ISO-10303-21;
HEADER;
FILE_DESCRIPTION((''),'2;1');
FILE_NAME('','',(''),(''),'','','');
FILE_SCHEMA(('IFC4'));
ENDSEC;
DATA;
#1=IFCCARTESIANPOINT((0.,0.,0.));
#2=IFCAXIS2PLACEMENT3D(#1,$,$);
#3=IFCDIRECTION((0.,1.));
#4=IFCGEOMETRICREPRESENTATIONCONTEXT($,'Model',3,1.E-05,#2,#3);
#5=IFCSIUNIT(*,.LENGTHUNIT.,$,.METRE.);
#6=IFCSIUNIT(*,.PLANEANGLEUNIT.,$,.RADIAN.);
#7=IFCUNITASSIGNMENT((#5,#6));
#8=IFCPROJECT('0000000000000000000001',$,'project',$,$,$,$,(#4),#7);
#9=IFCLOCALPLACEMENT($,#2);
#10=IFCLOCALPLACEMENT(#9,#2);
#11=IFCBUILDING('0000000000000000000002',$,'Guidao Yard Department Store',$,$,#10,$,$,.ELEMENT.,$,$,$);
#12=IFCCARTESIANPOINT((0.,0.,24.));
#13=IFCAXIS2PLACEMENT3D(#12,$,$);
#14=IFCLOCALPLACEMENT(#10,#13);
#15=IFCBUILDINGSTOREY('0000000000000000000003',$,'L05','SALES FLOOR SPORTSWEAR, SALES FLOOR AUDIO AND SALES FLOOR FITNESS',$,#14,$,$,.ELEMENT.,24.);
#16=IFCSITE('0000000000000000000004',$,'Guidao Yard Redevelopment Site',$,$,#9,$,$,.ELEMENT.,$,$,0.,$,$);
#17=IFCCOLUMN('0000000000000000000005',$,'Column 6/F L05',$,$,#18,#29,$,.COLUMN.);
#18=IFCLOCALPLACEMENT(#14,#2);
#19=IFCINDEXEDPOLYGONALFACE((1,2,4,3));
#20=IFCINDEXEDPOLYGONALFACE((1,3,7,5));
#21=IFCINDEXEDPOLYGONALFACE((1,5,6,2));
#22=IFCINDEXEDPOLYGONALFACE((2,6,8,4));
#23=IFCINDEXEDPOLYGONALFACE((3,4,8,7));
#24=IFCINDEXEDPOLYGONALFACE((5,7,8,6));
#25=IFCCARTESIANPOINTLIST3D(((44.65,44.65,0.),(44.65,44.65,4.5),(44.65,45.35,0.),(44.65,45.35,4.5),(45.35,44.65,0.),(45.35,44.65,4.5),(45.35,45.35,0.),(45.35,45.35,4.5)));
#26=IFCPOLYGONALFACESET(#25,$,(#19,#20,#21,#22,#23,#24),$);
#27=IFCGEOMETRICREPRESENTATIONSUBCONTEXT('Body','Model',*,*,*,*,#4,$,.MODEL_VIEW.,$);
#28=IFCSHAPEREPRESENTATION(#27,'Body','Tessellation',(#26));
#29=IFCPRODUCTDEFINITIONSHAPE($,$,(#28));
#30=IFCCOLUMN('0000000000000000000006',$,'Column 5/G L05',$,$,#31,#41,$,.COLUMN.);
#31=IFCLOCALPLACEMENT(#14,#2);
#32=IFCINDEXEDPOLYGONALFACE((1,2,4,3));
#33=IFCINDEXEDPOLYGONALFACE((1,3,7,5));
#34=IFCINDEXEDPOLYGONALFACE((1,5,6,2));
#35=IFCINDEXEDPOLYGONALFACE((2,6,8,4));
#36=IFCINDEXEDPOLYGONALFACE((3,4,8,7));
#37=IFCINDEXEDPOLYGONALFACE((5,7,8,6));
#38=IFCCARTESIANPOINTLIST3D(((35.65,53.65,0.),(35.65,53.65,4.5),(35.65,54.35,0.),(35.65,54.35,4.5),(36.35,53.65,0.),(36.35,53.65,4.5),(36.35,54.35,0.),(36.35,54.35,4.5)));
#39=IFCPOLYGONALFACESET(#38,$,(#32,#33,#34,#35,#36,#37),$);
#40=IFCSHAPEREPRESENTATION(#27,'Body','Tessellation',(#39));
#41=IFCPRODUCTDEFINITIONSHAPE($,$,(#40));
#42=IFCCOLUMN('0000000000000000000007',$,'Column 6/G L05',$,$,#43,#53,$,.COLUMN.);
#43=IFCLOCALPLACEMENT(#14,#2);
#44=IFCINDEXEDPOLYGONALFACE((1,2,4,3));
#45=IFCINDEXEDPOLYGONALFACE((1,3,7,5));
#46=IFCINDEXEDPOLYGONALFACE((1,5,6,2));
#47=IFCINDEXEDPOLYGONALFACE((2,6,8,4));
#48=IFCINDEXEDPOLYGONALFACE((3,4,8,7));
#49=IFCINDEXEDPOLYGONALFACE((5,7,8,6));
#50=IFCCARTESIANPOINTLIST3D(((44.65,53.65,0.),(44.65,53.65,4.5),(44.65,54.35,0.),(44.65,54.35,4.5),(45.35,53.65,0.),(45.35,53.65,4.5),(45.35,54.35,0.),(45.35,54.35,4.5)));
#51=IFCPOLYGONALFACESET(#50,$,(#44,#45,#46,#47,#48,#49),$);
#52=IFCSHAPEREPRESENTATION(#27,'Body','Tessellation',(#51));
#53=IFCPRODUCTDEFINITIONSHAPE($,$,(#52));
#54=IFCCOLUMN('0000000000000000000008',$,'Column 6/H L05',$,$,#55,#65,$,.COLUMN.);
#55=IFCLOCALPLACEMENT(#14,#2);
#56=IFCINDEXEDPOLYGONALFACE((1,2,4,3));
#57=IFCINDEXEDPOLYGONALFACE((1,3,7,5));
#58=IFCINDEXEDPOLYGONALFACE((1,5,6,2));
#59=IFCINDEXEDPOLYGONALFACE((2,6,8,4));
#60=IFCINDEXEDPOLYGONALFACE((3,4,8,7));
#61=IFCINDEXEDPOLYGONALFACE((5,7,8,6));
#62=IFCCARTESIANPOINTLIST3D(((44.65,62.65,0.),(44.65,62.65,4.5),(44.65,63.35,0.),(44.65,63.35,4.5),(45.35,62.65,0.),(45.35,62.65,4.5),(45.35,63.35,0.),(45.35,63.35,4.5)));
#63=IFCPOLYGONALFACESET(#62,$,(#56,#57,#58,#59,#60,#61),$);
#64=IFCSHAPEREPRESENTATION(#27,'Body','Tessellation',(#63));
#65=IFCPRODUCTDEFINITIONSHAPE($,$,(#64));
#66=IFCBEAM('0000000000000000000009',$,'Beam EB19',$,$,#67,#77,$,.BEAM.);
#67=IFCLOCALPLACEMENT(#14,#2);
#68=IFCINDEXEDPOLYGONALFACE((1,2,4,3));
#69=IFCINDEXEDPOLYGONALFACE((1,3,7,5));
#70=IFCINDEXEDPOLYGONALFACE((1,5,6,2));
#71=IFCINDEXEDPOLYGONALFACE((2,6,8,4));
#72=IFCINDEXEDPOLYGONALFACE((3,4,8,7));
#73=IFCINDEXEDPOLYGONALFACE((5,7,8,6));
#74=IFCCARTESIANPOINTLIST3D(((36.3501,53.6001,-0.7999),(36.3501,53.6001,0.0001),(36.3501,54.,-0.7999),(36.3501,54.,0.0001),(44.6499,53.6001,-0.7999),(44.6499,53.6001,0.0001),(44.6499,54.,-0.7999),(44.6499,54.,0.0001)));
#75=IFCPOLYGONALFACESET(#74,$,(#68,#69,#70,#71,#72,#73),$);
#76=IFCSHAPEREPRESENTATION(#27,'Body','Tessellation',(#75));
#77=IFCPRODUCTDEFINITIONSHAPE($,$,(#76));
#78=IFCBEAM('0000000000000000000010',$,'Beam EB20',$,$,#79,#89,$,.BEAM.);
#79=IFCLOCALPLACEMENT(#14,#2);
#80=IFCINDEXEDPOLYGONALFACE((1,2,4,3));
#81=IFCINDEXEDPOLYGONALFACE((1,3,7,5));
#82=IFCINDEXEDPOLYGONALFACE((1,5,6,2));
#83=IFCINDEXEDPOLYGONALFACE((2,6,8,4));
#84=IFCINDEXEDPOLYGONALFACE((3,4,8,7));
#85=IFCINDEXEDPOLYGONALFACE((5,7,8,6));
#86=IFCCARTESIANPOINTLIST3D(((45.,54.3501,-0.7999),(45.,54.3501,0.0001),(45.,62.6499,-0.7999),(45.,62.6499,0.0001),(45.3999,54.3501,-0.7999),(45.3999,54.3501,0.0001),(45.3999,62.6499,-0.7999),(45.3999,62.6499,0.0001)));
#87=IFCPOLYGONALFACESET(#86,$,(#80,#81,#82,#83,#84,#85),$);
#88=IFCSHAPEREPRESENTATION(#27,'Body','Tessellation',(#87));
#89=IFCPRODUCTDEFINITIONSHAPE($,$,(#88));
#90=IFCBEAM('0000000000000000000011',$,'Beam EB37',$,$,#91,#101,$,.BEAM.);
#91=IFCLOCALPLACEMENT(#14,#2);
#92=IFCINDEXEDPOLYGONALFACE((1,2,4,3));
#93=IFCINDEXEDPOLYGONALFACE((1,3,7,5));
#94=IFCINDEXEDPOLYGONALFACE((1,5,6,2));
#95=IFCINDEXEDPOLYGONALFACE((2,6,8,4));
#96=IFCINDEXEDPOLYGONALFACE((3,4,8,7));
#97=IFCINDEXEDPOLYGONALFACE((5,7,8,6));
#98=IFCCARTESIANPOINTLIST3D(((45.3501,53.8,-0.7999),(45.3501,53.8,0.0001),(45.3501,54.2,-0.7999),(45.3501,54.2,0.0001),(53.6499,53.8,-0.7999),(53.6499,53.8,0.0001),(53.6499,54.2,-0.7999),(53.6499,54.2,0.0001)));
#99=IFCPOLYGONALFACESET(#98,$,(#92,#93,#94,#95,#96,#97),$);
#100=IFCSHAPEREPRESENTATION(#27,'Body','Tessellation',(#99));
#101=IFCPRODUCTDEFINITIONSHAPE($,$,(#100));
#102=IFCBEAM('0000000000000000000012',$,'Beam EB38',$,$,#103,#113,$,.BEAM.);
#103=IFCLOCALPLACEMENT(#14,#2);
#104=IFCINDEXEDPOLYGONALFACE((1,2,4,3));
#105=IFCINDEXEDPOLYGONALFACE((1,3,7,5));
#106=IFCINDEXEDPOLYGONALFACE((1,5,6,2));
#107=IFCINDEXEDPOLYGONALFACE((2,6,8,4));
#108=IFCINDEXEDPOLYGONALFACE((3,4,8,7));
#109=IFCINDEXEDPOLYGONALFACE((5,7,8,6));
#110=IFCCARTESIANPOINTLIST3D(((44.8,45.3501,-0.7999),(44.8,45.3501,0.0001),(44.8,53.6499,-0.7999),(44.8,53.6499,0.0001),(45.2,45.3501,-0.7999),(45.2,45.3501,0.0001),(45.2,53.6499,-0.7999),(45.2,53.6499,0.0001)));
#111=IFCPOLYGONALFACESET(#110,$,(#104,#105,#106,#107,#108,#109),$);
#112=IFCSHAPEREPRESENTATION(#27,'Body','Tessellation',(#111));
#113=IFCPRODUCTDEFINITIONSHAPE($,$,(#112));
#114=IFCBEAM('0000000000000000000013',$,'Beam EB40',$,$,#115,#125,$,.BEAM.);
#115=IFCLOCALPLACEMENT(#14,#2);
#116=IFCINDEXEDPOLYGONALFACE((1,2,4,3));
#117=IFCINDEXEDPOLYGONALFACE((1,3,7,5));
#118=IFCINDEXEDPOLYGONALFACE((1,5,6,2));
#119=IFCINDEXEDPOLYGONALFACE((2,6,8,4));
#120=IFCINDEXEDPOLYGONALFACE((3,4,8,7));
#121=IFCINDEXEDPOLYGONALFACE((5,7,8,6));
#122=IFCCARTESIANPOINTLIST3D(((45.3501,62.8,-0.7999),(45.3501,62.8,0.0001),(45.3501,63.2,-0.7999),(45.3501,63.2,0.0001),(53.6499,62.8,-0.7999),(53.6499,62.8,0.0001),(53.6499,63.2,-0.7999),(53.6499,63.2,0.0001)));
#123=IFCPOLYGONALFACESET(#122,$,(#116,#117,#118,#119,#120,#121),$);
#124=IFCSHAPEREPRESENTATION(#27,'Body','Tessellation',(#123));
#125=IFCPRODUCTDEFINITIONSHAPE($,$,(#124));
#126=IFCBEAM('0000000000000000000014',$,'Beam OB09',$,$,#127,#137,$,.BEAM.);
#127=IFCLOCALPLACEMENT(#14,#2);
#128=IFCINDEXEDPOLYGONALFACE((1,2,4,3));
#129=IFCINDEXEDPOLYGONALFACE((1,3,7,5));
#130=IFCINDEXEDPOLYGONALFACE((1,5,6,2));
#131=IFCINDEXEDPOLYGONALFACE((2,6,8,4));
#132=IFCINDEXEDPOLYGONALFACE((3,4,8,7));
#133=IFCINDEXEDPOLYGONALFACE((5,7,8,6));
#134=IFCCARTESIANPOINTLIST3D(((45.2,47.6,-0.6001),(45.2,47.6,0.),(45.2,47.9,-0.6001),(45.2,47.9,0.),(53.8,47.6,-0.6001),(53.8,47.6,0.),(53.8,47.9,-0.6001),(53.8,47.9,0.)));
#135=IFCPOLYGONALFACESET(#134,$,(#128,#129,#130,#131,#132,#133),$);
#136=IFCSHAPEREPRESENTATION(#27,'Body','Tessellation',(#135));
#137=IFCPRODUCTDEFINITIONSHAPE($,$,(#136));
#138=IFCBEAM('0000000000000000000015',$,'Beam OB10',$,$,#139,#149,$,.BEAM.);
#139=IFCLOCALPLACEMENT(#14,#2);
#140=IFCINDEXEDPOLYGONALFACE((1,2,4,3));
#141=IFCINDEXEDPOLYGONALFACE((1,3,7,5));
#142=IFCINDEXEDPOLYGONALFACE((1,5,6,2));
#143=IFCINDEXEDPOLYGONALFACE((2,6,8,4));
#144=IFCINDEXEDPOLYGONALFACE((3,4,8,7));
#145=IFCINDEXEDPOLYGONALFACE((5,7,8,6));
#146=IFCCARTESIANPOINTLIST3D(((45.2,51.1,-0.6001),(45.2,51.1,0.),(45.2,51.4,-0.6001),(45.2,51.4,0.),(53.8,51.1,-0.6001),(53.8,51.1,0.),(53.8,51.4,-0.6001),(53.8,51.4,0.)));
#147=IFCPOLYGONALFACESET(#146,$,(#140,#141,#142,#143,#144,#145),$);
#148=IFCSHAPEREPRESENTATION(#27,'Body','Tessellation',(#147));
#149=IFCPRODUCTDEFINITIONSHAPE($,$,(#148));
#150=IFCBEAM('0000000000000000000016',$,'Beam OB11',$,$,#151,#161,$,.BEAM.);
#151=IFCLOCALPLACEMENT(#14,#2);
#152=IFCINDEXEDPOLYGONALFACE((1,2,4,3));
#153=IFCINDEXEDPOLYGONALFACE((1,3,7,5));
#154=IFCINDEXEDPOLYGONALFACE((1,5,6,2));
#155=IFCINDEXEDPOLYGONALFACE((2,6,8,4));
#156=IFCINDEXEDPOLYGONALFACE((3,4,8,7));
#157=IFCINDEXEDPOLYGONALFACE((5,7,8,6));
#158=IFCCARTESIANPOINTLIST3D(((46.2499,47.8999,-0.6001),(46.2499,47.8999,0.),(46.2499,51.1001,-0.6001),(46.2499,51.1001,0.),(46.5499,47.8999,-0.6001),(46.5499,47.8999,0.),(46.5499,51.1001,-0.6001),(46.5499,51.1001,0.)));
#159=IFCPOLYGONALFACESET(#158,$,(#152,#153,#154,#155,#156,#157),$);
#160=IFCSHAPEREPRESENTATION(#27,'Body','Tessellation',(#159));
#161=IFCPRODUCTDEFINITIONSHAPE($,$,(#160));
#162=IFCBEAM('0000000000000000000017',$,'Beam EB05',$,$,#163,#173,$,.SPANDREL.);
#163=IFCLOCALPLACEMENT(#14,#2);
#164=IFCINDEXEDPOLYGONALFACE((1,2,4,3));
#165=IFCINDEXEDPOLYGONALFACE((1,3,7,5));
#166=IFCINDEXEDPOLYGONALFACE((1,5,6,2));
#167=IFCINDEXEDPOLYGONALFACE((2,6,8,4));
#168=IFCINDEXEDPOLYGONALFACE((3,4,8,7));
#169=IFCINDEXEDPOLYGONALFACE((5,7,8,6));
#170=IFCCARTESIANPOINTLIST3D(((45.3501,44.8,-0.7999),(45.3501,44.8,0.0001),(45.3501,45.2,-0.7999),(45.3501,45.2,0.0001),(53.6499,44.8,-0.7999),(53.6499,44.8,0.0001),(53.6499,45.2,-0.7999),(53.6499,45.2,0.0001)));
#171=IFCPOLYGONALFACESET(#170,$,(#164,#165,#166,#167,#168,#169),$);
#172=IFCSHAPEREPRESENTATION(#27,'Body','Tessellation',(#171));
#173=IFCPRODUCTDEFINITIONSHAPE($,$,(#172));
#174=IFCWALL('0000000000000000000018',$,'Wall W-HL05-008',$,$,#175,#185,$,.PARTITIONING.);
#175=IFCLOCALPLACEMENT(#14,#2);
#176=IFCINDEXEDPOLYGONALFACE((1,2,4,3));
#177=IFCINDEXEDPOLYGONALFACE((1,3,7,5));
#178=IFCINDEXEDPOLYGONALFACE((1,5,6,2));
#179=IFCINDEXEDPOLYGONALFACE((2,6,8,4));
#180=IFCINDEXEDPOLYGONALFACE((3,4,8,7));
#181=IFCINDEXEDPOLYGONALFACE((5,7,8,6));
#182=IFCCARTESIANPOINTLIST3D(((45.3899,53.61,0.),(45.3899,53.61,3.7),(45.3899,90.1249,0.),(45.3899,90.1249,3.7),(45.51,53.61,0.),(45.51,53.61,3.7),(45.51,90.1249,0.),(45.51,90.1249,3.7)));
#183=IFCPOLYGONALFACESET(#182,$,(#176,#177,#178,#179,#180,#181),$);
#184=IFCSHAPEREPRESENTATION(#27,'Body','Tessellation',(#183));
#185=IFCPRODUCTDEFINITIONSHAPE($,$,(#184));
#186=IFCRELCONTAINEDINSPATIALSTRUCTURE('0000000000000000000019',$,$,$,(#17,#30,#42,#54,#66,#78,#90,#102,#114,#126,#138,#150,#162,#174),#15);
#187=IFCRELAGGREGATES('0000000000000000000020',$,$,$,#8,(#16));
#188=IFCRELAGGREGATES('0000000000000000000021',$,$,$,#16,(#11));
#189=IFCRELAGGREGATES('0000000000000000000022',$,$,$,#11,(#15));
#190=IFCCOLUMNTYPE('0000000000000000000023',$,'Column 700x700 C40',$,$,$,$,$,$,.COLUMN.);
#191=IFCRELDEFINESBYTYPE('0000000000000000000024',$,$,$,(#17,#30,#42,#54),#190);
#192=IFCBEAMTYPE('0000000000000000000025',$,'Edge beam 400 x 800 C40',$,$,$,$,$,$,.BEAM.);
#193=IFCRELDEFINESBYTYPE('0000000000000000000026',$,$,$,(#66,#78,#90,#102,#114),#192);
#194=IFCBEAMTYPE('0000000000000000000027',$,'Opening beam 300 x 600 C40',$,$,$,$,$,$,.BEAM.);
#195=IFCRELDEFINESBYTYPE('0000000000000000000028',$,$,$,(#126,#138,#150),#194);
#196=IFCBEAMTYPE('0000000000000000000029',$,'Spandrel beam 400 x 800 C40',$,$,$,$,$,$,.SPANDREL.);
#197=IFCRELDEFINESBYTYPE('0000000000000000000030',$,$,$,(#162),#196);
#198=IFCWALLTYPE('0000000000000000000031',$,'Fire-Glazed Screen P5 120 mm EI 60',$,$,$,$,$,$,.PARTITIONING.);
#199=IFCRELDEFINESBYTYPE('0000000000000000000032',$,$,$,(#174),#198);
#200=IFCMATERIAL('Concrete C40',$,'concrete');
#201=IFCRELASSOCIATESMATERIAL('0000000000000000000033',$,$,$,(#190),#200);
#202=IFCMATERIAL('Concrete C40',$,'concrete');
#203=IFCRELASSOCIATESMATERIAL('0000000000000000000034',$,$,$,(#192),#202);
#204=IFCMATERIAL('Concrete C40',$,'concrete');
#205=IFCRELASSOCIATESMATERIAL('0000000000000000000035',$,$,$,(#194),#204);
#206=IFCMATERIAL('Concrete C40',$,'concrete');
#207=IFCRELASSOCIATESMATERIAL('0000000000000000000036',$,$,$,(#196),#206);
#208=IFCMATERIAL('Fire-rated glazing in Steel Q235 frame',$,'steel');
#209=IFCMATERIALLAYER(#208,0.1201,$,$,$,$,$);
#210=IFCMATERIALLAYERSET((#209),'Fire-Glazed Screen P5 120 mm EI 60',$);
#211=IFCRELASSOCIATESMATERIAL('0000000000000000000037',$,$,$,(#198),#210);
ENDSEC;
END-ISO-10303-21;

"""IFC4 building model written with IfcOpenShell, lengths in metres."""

from ifc_helpers import new_model, si_unit, direction, frame, frame_2d, origin, origin_2d, place, context, subcontext, project, spatial, rectangle, extrude, material, layer, layer_set, material_profile, profile_set, type_object, element, save


model = new_model("IFC4")

# Units and contexts
model_context = context("Model", 3, precision=1e-05, world=origin(), true_north=direction((0.0, 1.0)))
body_context = subcontext(model_context, "Body", "Model", "MODEL_VIEW")
ifc_project = project(units=[si_unit("LENGTHUNIT", "METRE"), si_unit("PLANEANGLEUNIT", "RADIAN")], contexts=[model_context])

# Site, building, storey
site_placement = place(None, origin())
site = spatial("IfcSite", under=ifc_project, at=site_placement, Name="Guidao Yard Redevelopment Site", CompositionType="ELEMENT", RefElevation=0.0)
building_placement = place(site_placement, origin())
building = spatial("IfcBuilding", under=site, at=building_placement, Name="Guidao Yard Department Store", CompositionType="ELEMENT")
storey_placement = place(building_placement, frame((0.0, 0.0, 24.0)))
storey = spatial("IfcBuildingStorey", under=building, at=storey_placement, Name="L05", Description="SALES FLOOR SPORTSWEAR, SALES FLOOR AUDIO AND SALES FLOOR FITNESS", CompositionType="ELEMENT", Elevation=24.0)

# Columns
ifc_material_1 = material(Name="Concrete C40", Category="concrete")
ifc_material_profile_1 = material_profile(ifc_material_1, rectangle(XDim=0.7, YDim=0.7, at=origin_2d()), Name="COL 700x700")
ifc_profile_set_1 = profile_set([ifc_material_profile_1], Name="Concrete C40")
column_type = type_object("IfcColumnType", Name="Column 700x700 C40", PredefinedType="COLUMN", material=ifc_profile_set_1)
for number, where, z_axis, x_axis, name in (
    (1, (45.0, 45.0, 0.0), (0.0, 0.0, 1.0), (1.0, 0.0, 0.0), "Column 6/F L05"),
    (2, (36.0, 54.0, 0.0), (0.0, 0.0, 1.0), (1.0, 0.0, 0.0), "Column 5/G L05"),
    (3, (45.0, 54.0, 0.0), (0.0, 0.0, 1.0), (1.0, 0.0, 0.0), "Column 6/G L05"),
    (4, (45.0, 63.0, 0.0), (0.0, 0.0, 1.0), (1.0, 0.0, 0.0), "Column 6/H L05"),
):
    element("IfcColumn", number, at=place(storey_placement, frame(where, z_axis=z_axis, x_axis=x_axis)), inside=storey, type_object=column_type, Name=name, PredefinedType="COLUMN", context=body_context, shape_type="SweptSolid", body=[
        extrude(rectangle(XDim=0.7, YDim=0.7, at=origin_2d()), origin(), (0.0, 0.0, 1.0), 4.5),
    ])

# Beams
ifc_material_2 = material(Name="Concrete C40", Category="concrete")
ifc_material_profile_2 = material_profile(ifc_material_2, rectangle(XDim=0.3999, YDim=0.8, at=origin_2d()), Name="Edge beam 400 x 800 C40")
ifc_profile_set_2 = profile_set([ifc_material_profile_2], Name="Concrete C40")
beam_type_1 = type_object("IfcBeamType", Name="Edge beam 400 x 800 C40", PredefinedType="BEAM", material=ifc_profile_set_2)
for number, where, z_axis, x_axis, name in (
    (5, (36.3501, 53.8, -0.3999), (1.0, 0.0, 0.0), (0.0, 1.0, 0.0), "Beam EB19"),
    (6, (45.2, 54.3501, -0.3999), (0.0, 1.0, 0.0), (-1.0, 0.0, 0.0), "Beam EB20"),
    (7, (45.3501, 54.0, -0.3999), (1.0, 0.0, 0.0), (0.0, 1.0, 0.0), "Beam EB37"),
    (8, (45.0, 45.3501, -0.3999), (0.0, 1.0, 0.0), (-1.0, 0.0, 0.0), "Beam EB38"),
    (9, (45.3501, 63.0, -0.3999), (1.0, 0.0, 0.0), (0.0, 1.0, 0.0), "Beam EB40"),
):
    element("IfcBeam", number, at=place(storey_placement, frame(where, z_axis=z_axis, x_axis=x_axis)), inside=storey, type_object=beam_type_1, Name=name, PredefinedType="BEAM", context=body_context, shape_type="SweptSolid", body=[
        extrude(rectangle(XDim=0.3999, YDim=0.8, at=origin_2d()), origin(), (0.0, 0.0, 1.0), 8.2998),
    ])
ifc_material_3 = material(Name="Concrete C40", Category="concrete")
ifc_material_profile_3 = material_profile(ifc_material_3, rectangle(XDim=0.3, YDim=0.6001, at=origin_2d()), Name="Opening beam 300 x 600 C40")
ifc_profile_set_3 = profile_set([ifc_material_profile_3], Name="Concrete C40")
beam_type_2 = type_object("IfcBeamType", Name="Opening beam 300 x 600 C40", PredefinedType="BEAM", material=ifc_profile_set_3)
for number, where, z_axis, x_axis, name in (
    (10, (45.2, 47.75, -0.3), (1.0, 0.0, 0.0), (0.0, 1.0, 0.0), "Beam OB09"),
    (11, (45.2, 51.25, -0.3), (1.0, 0.0, 0.0), (0.0, 1.0, 0.0), "Beam OB10"),
):
    element("IfcBeam", number, at=place(storey_placement, frame(where, z_axis=z_axis, x_axis=x_axis)), inside=storey, type_object=beam_type_2, Name=name, PredefinedType="BEAM", context=body_context, shape_type="SweptSolid", body=[
        extrude(rectangle(XDim=0.3, YDim=0.6001, at=origin_2d()), origin(), (0.0, 0.0, 1.0), 8.6001),
    ])
beam_1_placement = place(storey_placement, frame((46.3999, 47.8999, -0.3), z_axis=(0.0, 1.0, 0.0), x_axis=(-1.0, 0.0, 0.0)))
element("IfcBeam", 12, at=beam_1_placement, inside=storey, type_object=beam_type_2, Name="Beam OB11", PredefinedType="BEAM", context=body_context, shape_type="SweptSolid", body=[
    extrude(rectangle(XDim=0.3, YDim=0.6001, at=origin_2d()), origin(), (0.0, 0.0, 1.0), 3.2002),
])
ifc_material_4 = material(Name="Concrete C40", Category="concrete")
ifc_material_profile_4 = material_profile(ifc_material_4, rectangle(XDim=0.3999, YDim=0.8, at=origin_2d()), Name="Spandrel beam 400 x 800 C40")
ifc_profile_set_4 = profile_set([ifc_material_profile_4], Name="Concrete C40")
beam_type_3 = type_object("IfcBeamType", Name="Spandrel beam 400 x 800 C40", PredefinedType="SPANDREL", material=ifc_profile_set_4)
beam_2_placement = place(storey_placement, frame((45.3501, 45.0, -0.3999), z_axis=(1.0, 0.0, 0.0), x_axis=(0.0, 1.0, 0.0)))
element("IfcBeam", 13, at=beam_2_placement, inside=storey, type_object=beam_type_3, Name="Beam EB05", PredefinedType="SPANDREL", context=body_context, shape_type="SweptSolid", body=[
    extrude(rectangle(XDim=0.3999, YDim=0.8, at=origin_2d()), origin(), (0.0, 0.0, 1.0), 8.2998),
])

# Wall
ifc_material_5 = material(Name="Fire-rated glazing in Steel Q235 frame", Category="steel")
ifc_layer_1 = layer(ifc_material_5, 0.1201)
ifc_layer_set_1 = layer_set([ifc_layer_1], Name="Fire-Glazed Screen P5 120 mm EI 60")
wall_type_1 = type_object("IfcWallType", Name="Fire-Glazed Screen P5 120 mm EI 60", PredefinedType="PARTITIONING", material=ifc_layer_set_1)
wall_1_placement = place(storey_placement, frame((45.45, 53.6101, 0.0), z_axis=(0.0, 0.0, 1.0), x_axis=(0.0, 1.0, 0.0)))
element("IfcWall", 14, at=wall_1_placement, inside=storey, type_object=wall_type_1, Name="Wall W-HL05-008", PredefinedType="PARTITIONING", context=body_context, shape_type="SweptSolid", body=[
    extrude(rectangle(XDim=36.5149, YDim=0.1201, at=frame_2d((18.2573, 0.0))), origin(), (0.0, 0.0, 1.0), 3.7),
])

save(model, "model.ifc")
